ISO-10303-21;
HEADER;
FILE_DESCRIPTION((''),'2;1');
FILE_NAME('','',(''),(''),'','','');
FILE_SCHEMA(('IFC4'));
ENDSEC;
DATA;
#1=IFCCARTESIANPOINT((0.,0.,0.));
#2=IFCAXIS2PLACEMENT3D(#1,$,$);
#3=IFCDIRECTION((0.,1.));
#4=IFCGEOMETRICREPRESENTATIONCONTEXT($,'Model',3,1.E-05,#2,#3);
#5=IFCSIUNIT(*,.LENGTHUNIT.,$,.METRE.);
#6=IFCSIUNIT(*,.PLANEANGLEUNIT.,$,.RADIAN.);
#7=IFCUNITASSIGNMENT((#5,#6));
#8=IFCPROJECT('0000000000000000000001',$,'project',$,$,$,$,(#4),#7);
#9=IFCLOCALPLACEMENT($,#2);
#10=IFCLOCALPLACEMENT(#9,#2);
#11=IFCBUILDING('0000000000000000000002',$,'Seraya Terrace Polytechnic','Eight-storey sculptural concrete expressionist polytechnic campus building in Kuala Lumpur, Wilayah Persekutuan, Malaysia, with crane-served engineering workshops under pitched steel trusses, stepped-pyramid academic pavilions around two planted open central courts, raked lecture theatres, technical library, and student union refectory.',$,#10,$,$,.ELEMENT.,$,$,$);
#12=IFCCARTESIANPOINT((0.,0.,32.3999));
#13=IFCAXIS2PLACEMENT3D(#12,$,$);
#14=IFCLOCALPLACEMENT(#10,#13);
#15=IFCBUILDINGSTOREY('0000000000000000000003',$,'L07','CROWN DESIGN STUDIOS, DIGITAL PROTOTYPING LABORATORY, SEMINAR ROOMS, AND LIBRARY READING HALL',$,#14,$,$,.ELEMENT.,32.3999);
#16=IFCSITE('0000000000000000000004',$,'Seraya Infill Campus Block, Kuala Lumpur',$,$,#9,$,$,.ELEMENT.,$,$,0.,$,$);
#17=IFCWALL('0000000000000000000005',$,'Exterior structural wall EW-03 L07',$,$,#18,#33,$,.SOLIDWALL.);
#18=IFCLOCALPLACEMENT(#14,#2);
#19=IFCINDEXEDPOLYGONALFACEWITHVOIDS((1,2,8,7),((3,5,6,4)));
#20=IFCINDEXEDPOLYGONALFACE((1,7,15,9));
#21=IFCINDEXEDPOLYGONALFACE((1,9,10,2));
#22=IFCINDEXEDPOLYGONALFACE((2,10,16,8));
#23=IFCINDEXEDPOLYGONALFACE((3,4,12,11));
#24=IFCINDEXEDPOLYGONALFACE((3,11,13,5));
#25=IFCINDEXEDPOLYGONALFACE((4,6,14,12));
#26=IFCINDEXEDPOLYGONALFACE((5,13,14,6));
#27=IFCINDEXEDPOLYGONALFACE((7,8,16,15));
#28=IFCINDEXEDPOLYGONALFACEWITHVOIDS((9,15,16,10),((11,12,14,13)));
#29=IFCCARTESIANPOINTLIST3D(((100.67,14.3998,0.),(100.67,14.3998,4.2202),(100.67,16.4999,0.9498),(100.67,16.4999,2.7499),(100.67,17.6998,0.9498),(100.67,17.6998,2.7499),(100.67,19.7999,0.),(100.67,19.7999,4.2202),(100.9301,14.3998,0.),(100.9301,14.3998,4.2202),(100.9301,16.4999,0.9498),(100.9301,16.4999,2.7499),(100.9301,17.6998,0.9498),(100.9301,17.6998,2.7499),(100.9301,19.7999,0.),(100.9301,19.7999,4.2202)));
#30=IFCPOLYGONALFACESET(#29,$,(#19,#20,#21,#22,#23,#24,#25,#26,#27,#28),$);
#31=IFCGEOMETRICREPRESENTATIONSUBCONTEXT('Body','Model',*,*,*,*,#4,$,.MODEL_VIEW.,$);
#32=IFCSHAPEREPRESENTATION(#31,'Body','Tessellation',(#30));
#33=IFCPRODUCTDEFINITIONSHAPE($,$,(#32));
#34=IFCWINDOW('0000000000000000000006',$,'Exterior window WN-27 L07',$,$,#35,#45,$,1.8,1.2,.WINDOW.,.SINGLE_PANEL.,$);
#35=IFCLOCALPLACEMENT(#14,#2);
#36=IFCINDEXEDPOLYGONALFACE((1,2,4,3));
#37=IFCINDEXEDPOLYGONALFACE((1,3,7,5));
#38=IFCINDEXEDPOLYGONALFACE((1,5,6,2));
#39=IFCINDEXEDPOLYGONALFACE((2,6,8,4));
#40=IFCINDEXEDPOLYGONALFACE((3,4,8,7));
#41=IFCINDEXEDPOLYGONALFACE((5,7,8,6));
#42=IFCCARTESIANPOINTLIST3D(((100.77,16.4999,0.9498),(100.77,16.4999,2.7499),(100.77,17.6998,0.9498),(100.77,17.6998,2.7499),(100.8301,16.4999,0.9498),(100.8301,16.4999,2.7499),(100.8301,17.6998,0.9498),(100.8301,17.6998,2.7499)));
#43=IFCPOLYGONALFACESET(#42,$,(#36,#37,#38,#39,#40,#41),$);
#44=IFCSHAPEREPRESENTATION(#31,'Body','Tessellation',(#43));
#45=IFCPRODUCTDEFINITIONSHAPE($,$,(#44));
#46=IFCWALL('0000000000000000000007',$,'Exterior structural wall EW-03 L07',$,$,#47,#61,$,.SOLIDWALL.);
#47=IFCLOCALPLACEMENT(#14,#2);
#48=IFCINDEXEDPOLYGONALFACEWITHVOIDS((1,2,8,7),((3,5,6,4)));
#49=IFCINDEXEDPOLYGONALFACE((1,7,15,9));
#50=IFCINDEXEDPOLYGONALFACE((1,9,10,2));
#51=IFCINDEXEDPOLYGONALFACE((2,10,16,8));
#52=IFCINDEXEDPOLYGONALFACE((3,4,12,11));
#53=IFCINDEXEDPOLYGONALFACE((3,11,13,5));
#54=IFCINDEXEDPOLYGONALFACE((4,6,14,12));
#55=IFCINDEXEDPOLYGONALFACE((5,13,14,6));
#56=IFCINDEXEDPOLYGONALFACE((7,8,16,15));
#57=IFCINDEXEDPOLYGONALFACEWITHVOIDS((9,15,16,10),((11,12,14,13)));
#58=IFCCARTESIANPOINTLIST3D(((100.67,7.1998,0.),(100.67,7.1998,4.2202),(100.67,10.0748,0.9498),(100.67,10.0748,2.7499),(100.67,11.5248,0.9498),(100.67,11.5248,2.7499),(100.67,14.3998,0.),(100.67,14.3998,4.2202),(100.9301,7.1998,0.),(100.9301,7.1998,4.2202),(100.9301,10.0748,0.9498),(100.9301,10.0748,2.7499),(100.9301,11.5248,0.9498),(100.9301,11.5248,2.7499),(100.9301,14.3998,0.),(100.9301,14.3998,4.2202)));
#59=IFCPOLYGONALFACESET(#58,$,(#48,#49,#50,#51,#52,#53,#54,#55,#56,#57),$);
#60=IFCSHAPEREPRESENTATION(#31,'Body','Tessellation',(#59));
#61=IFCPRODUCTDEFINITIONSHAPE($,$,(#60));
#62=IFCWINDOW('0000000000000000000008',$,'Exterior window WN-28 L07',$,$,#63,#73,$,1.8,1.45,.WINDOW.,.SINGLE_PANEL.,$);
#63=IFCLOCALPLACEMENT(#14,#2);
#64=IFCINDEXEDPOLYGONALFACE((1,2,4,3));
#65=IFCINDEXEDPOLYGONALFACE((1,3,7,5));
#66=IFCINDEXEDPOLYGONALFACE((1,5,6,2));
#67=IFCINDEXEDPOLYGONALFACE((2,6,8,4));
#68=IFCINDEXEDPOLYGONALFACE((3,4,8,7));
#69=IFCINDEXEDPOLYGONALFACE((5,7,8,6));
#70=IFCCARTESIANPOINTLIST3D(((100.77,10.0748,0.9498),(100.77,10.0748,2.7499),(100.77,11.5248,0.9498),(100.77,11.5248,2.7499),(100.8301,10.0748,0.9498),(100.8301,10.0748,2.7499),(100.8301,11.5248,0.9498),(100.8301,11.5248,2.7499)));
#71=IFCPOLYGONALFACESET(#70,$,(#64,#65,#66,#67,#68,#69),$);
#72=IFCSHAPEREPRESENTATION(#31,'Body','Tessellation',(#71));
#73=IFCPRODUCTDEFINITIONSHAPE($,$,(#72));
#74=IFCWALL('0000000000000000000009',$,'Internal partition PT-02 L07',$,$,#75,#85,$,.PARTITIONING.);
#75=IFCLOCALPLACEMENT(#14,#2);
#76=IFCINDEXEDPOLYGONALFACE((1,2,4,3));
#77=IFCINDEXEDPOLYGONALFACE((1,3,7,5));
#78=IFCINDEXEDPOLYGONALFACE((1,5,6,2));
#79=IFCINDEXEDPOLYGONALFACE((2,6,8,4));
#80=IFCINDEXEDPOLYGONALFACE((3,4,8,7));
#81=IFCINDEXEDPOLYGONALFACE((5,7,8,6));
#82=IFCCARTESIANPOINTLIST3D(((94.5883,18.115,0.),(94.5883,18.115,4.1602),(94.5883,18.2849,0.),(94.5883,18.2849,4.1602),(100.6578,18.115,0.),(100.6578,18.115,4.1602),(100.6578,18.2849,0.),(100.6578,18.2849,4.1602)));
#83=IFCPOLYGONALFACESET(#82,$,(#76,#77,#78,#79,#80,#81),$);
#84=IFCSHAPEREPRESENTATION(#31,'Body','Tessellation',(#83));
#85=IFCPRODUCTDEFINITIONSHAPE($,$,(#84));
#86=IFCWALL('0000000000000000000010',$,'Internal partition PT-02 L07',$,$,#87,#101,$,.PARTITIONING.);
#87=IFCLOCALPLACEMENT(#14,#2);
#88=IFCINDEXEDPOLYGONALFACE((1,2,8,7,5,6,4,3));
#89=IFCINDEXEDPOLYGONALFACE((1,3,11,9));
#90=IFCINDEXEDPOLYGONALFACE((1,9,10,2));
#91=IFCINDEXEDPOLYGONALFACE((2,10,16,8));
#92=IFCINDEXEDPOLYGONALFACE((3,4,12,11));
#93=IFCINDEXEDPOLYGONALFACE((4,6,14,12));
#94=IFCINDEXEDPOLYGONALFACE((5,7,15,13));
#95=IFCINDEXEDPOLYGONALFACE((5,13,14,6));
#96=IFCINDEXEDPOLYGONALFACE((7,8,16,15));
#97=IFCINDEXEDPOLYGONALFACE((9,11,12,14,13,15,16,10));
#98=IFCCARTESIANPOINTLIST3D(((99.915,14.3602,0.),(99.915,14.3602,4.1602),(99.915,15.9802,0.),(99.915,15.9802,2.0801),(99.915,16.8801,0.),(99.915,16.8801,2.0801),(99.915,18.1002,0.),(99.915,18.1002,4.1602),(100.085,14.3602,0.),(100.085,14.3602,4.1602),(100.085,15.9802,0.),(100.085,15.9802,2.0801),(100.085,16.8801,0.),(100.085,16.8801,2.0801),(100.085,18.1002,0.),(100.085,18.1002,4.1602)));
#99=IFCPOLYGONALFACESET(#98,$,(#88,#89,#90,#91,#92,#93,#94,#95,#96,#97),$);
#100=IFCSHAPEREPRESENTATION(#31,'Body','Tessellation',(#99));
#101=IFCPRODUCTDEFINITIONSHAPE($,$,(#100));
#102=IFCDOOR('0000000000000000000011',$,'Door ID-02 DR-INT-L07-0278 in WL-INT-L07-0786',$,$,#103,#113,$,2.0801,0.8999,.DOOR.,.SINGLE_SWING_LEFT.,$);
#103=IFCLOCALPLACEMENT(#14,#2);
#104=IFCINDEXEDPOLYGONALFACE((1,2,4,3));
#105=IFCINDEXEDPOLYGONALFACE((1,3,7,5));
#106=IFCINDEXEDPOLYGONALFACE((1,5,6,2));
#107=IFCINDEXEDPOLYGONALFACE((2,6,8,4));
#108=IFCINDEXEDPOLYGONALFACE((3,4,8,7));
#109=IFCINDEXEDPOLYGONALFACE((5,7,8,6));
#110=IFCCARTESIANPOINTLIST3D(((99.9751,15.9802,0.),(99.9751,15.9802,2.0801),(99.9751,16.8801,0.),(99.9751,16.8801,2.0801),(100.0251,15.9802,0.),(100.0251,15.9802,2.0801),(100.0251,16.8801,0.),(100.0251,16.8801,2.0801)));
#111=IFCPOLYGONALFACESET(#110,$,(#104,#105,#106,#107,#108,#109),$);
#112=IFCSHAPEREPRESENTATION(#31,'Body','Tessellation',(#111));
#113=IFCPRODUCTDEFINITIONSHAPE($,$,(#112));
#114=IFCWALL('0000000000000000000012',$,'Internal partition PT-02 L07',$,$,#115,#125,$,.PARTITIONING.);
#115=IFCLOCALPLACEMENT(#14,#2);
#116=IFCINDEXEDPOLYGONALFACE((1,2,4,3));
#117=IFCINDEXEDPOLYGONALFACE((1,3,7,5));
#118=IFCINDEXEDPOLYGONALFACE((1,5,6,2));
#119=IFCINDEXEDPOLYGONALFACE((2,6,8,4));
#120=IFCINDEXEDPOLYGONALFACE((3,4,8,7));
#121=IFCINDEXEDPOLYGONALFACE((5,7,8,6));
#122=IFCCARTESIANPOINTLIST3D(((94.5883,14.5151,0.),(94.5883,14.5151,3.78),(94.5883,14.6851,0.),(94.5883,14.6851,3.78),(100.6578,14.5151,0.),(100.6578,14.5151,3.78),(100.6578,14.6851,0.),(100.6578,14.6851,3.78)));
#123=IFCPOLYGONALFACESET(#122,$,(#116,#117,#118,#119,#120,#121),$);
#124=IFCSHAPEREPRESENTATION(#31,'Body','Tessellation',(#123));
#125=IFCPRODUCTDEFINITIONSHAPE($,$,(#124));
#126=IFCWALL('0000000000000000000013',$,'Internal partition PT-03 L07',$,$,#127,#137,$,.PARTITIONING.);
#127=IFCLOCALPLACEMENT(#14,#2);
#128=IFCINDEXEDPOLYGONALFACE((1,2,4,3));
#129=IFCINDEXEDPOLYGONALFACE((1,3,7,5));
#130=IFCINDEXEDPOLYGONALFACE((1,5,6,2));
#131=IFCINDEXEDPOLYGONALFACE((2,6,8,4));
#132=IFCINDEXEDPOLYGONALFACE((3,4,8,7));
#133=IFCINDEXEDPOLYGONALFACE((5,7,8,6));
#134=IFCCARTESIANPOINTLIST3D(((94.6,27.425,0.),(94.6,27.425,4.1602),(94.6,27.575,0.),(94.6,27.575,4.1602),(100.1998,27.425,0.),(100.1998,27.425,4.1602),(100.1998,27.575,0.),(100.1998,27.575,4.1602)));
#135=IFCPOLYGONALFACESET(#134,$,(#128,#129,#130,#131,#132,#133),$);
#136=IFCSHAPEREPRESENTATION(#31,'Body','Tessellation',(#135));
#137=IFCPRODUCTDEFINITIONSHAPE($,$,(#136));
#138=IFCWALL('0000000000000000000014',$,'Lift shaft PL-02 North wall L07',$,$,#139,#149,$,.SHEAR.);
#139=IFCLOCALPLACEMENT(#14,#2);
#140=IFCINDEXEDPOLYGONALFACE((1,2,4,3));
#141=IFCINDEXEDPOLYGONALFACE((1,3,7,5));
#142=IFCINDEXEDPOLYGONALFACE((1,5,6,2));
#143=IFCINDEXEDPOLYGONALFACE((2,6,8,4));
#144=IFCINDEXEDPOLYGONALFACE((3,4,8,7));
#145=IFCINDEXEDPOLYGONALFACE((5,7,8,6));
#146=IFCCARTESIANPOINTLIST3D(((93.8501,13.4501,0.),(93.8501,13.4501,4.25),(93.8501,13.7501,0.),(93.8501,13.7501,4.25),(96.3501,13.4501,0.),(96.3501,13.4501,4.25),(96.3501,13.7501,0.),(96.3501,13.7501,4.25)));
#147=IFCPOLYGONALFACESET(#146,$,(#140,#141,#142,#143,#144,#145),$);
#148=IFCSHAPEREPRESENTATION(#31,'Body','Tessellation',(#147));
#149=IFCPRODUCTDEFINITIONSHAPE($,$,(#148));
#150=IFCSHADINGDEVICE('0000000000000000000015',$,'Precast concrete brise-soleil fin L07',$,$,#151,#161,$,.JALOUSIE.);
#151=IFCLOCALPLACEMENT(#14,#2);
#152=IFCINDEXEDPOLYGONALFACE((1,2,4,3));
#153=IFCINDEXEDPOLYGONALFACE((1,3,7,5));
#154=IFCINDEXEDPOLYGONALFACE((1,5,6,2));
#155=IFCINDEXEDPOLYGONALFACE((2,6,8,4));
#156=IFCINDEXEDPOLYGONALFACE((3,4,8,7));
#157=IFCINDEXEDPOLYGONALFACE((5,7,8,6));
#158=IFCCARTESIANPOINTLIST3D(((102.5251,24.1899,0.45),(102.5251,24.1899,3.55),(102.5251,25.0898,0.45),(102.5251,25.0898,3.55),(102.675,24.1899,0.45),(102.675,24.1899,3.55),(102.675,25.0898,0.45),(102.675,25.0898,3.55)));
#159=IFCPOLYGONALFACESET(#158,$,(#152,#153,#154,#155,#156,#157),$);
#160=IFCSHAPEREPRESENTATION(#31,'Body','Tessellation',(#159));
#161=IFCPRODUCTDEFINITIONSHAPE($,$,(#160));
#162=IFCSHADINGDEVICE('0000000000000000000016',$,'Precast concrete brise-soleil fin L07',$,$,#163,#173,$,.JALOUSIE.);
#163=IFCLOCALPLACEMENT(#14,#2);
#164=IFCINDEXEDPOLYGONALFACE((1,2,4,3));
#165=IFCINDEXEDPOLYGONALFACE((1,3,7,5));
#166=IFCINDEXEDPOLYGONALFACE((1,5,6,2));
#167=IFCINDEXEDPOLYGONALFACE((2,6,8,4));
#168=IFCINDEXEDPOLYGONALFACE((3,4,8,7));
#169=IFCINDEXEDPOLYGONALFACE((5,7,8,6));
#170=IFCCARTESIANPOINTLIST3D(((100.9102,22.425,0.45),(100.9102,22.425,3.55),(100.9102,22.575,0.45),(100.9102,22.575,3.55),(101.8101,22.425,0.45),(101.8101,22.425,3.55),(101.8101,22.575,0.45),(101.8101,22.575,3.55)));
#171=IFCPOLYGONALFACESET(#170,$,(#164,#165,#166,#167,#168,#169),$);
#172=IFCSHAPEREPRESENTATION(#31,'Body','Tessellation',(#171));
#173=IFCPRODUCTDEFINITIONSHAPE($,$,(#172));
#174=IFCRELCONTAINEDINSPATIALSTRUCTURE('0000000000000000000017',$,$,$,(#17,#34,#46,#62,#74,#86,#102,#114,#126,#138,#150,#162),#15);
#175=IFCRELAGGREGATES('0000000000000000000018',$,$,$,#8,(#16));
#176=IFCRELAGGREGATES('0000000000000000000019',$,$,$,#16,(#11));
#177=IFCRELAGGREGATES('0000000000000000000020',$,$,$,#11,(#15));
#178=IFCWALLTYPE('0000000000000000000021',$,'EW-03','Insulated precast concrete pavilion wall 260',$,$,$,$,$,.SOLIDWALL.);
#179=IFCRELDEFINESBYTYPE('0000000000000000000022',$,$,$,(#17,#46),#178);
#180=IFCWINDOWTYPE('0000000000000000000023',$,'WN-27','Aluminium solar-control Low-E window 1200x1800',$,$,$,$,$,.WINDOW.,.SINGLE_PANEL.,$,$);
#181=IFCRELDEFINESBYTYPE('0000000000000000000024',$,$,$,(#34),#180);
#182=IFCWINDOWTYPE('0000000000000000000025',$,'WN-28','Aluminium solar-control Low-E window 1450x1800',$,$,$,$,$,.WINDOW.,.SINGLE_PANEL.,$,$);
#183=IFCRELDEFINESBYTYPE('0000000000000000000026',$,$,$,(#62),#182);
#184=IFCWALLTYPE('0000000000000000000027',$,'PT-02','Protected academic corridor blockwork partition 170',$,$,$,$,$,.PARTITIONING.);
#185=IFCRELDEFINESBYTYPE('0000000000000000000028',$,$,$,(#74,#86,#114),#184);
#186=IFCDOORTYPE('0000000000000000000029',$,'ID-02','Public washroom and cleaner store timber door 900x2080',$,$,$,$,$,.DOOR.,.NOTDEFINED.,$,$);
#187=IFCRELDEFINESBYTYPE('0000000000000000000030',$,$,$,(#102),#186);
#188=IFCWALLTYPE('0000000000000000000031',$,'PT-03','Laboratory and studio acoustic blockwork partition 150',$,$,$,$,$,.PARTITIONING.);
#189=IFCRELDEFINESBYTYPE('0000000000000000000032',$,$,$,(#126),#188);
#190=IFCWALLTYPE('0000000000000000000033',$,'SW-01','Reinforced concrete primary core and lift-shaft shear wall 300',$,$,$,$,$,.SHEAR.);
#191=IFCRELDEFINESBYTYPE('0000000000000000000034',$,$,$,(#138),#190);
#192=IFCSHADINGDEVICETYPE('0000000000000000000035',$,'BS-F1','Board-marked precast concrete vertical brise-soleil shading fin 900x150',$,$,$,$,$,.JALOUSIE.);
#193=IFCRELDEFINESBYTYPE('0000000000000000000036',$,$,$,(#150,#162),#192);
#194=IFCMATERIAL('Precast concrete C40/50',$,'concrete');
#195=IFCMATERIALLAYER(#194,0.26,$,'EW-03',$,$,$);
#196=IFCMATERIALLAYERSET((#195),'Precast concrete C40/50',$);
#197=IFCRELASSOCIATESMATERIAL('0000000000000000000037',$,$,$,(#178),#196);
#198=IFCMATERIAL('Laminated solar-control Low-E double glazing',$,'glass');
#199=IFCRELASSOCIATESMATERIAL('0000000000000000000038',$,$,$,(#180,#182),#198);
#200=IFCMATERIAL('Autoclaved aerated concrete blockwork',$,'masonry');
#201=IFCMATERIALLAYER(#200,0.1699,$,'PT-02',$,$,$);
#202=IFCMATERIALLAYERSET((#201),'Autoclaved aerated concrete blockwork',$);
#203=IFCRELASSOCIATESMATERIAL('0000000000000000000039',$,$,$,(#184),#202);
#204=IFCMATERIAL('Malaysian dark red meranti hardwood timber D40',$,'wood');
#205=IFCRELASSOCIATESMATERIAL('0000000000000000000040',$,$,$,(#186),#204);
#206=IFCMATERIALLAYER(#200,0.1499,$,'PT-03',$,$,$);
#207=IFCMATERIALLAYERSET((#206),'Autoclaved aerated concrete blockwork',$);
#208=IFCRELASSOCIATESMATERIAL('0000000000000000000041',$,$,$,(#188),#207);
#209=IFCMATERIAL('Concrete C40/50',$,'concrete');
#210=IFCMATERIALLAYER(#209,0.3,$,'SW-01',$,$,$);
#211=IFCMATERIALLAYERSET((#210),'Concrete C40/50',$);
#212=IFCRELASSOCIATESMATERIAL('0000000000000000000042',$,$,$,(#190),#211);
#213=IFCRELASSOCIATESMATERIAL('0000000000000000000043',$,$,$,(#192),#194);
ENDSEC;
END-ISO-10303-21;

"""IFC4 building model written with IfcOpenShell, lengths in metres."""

from ifc_helpers import new_model, si_unit, direction, frame, frame_2d, origin, origin_2d, place, context, subcontext, project, spatial, rectangle, extrude, material, layer, layer_set, type_object, element, fill, save


model = new_model("IFC4")

# Units and contexts
model_context = context("Model", 3, precision=1e-05, world=origin(), true_north=direction((0.0, 1.0)))
body_context = subcontext(model_context, "Body", "Model", "MODEL_VIEW")
ifc_project = project(units=[si_unit("LENGTHUNIT", "METRE"), si_unit("PLANEANGLEUNIT", "RADIAN")], contexts=[model_context])

# Site, building, storey
site_placement = place(None, origin())
site = spatial("IfcSite", under=ifc_project, at=site_placement, Name="Seraya Infill Campus Block, Kuala Lumpur", CompositionType="ELEMENT", RefElevation=0.0)
building_placement = place(site_placement, origin())
building = spatial("IfcBuilding", under=site, at=building_placement, Name="Seraya Terrace Polytechnic", Description="Eight-storey sculptural concrete expressionist polytechnic campus building in Kuala Lumpur, Wilayah Persekutuan, Malaysia, with crane-served engineering workshops under pitched steel trusses, stepped-pyramid academic pavilions around two planted open central courts, raked lecture theatres, technical library, and student union refectory.", CompositionType="ELEMENT")
storey_placement = place(building_placement, frame((0.0, 0.0, 32.3999)))
storey = spatial("IfcBuildingStorey", under=building, at=storey_placement, Name="L07", Description="CROWN DESIGN STUDIOS, DIGITAL PROTOTYPING LABORATORY, SEMINAR ROOMS, AND LIBRARY READING HALL", CompositionType="ELEMENT", Elevation=32.3999)

# Shared definitions
ifc_material_1 = material(Name="Concrete C40/50", Category="concrete")

# Shared definitions
ifc_material_2 = material(Name="Precast concrete C40/50", Category="concrete")
ifc_layer_1 = layer(ifc_material_2, 0.26, Name="EW-03")
ifc_layer_set_1 = layer_set([ifc_layer_1], Name="Precast concrete C40/50")
wall_type_1 = type_object("IfcWallType", Name="EW-03", Description="Insulated precast concrete pavilion wall 260", PredefinedType="SOLIDWALL", material=ifc_layer_set_1)

# Walls, openings, windows
ifc_material_3 = material(Name="Laminated solar-control Low-E double glazing", Category="glass")
wall_1_placement = place(storey_placement, frame((100.8, 19.8, 0.0), z_axis=(0.0, 0.0, 1.0), x_axis=(0.0, -1.0, 0.0)))
wall_1 = element("IfcWall", 1, at=wall_1_placement, inside=storey, type_object=wall_type_1, Name="Exterior structural wall EW-03 L07", PredefinedType="SOLIDWALL", context=body_context, shape_type="SweptSolid", body=[
    extrude(rectangle(XDim=5.4001, YDim=0.26, at=frame_2d((2.7002, 0.0))), origin(), (0.0, 0.0, 1.0), 4.2202),
])
opening_1_placement = place(wall_1_placement, frame((2.1001, 0.0, 0.95)))
opening_1 = element("IfcOpeningElement", 2, at=opening_1_placement, cuts=wall_1, PredefinedType="OPENING", context=body_context, shape_type="SweptSolid", body=[
    extrude(rectangle(XDim=1.2, YDim=1.8, at=frame_2d((0.6001, 0.8999))), frame((0.0, 0.1421, 0.0), z_axis=(0.0, -1.0, 0.0), x_axis=(1.0, 0.0, 0.0)), (0.0, 0.0, 1.0), 0.2839),
])
window_type_1 = type_object("IfcWindowType", Name="WN-27", Description="Aluminium solar-control Low-E window 1200x1800", PartitioningType="SINGLE_PANEL", PredefinedType="WINDOW", material=ifc_material_3)
window_1_placement = place(opening_1_placement, origin())
window_1 = element("IfcWindow", 3, at=window_1_placement, inside=storey, type_object=window_type_1, Name="Exterior window WN-27 L07", OverallHeight=1.8, OverallWidth=1.2, PartitioningType="SINGLE_PANEL", PredefinedType="WINDOW", context=body_context, shape_type="SweptSolid", body=[
    extrude(rectangle(XDim=1.2, YDim=1.8, at=frame_2d((0.6001, 0.8999))), frame((0.0, 0.03, 0.0), z_axis=(0.0, -1.0, 0.0), x_axis=(1.0, 0.0, 0.0)), (0.0, 0.0, 1.0), 0.0601),
])
fill(opening_1, window_1)
wall_2_placement = place(storey_placement, frame((100.8, 14.3999, 0.0), z_axis=(0.0, 0.0, 1.0), x_axis=(0.0, -1.0, 0.0)))
wall_2 = element("IfcWall", 4, at=wall_2_placement, inside=storey, type_object=wall_type_1, Name="Exterior structural wall EW-03 L07", PredefinedType="SOLIDWALL", context=body_context, shape_type="SweptSolid", body=[
    extrude(rectangle(XDim=7.2, YDim=0.26, at=frame_2d((3.6001, 0.0))), origin(), (0.0, 0.0, 1.0), 4.2202),
])
opening_2_placement = place(wall_2_placement, frame((2.875, 0.0, 0.95)))
opening_2 = element("IfcOpeningElement", 5, at=opening_2_placement, cuts=wall_2, PredefinedType="OPENING", context=body_context, shape_type="SweptSolid", body=[
    extrude(rectangle(XDim=1.45, YDim=1.8, at=frame_2d((0.7251, 0.8999))), frame((0.0, 0.1421, 0.0), z_axis=(0.0, -1.0, 0.0), x_axis=(1.0, 0.0, 0.0)), (0.0, 0.0, 1.0), 0.2839),
])
window_type_2 = type_object("IfcWindowType", Name="WN-28", Description="Aluminium solar-control Low-E window 1450x1800", PartitioningType="SINGLE_PANEL", PredefinedType="WINDOW", material=ifc_material_3)
window_2_placement = place(opening_2_placement, origin())
window_2 = element("IfcWindow", 6, at=window_2_placement, inside=storey, type_object=window_type_2, Name="Exterior window WN-28 L07", OverallHeight=1.8, OverallWidth=1.45, PartitioningType="SINGLE_PANEL", PredefinedType="WINDOW", context=body_context, shape_type="SweptSolid", body=[
    extrude(rectangle(XDim=1.45, YDim=1.8, at=frame_2d((0.7251, 0.8999))), frame((0.0, 0.03, 0.0), z_axis=(0.0, -1.0, 0.0), x_axis=(1.0, 0.0, 0.0)), (0.0, 0.0, 1.0), 0.0601),
])
fill(opening_2, window_2)

# Wall
ifc_material_4 = material(Name="Autoclaved aerated concrete blockwork", Category="masonry")
ifc_layer_2 = layer(ifc_material_4, 0.1699, Name="PT-02")
ifc_layer_set_2 = layer_set([ifc_layer_2], Name="Autoclaved aerated concrete blockwork")
wall_type_2 = type_object("IfcWallType", Name="PT-02", Description="Protected academic corridor blockwork partition 170", PredefinedType="PARTITIONING", material=ifc_layer_set_2)
wall_3_placement = place(storey_placement, frame((94.5884, 18.2, 0.0), z_axis=(0.0, 0.0, 1.0), x_axis=(1.0, 0.0, 0.0)))
element("IfcWall", 7, at=wall_3_placement, inside=storey, type_object=wall_type_2, Name="Internal partition PT-02 L07", PredefinedType="PARTITIONING", context=body_context, shape_type="SweptSolid", body=[
    extrude(rectangle(XDim=6.0696, YDim=0.1699, at=frame_2d((3.0347, 0.0))), origin(), (0.0, 0.0, 1.0), 4.1602),
])

# Wall, opening, door
wall_4_placement = place(storey_placement, frame((100.0, 14.3601, 0.0), z_axis=(0.0, 0.0, 1.0), x_axis=(0.0, 1.0, 0.0)))
wall_4 = element("IfcWall", 8, at=wall_4_placement, inside=storey, type_object=wall_type_2, Name="Internal partition PT-02 L07", PredefinedType="PARTITIONING", context=body_context, shape_type="SweptSolid", body=[
    extrude(rectangle(XDim=3.74, YDim=0.1699, at=frame_2d((1.8701, 0.0))), origin(), (0.0, 0.0, 1.0), 4.1602),
])
opening_3_placement = place(wall_4_placement, frame((1.6201, 0.0, 0.0)))
opening_3 = element("IfcOpeningElement", 9, at=opening_3_placement, cuts=wall_4, PredefinedType="OPENING", context=body_context, shape_type="SweptSolid", body=[
    extrude(rectangle(XDim=0.8999, YDim=2.0801, at=frame_2d((0.45, 1.04))), frame((0.0, 0.0969, 0.0), z_axis=(0.0, -1.0, 0.0), x_axis=(1.0, 0.0, 0.0)), (0.0, 0.0, 1.0), 0.1938),
])
ifc_material_5 = material(Name="Malaysian dark red meranti hardwood timber D40", Category="wood")
door_type = type_object("IfcDoorType", Name="ID-02", Description="Public washroom and cleaner store timber door 900x2080", OperationType="NOTDEFINED", PredefinedType="DOOR", material=ifc_material_5)
door_placement = place(opening_3_placement, origin())
door = element("IfcDoor", 10, at=door_placement, inside=storey, type_object=door_type, Name="Door ID-02 DR-INT-L07-0278 in WL-INT-L07-0786", OperationType="SINGLE_SWING_LEFT", OverallHeight=2.0801, OverallWidth=0.8999, PredefinedType="DOOR", context=body_context, shape_type="SweptSolid", body=[
    extrude(rectangle(XDim=0.8999, YDim=2.0801, at=frame_2d((0.45, 1.04))), frame((0.0, 0.0249, 0.0), z_axis=(0.0, -1.0, 0.0), x_axis=(1.0, 0.0, 0.0)), (0.0, 0.0, 1.0), 0.05),
])
fill(opening_3, door)

# Walls
wall_5_placement = place(storey_placement, frame((94.5884, 14.6001, 0.0), z_axis=(0.0, 0.0, 1.0), x_axis=(1.0, 0.0, 0.0)))
element("IfcWall", 11, at=wall_5_placement, inside=storey, type_object=wall_type_2, Name="Internal partition PT-02 L07", PredefinedType="PARTITIONING", context=body_context, shape_type="SweptSolid", body=[
    extrude(rectangle(XDim=6.0696, YDim=0.1699, at=frame_2d((3.0347, 0.0))), origin(), (0.0, 0.0, 1.0), 3.78),
])
ifc_layer_3 = layer(ifc_material_4, 0.1499, Name="PT-03")
ifc_layer_set_3 = layer_set([ifc_layer_3], Name="Autoclaved aerated concrete blockwork")
wall_type_3 = type_object("IfcWallType", Name="PT-03", Description="Laboratory and studio acoustic blockwork partition 150", PredefinedType="PARTITIONING", material=ifc_layer_set_3)
wall_6_placement = place(storey_placement, frame((94.6001, 27.5, 0.0), z_axis=(0.0, 0.0, 1.0), x_axis=(1.0, 0.0, 0.0)))
element("IfcWall", 12, at=wall_6_placement, inside=storey, type_object=wall_type_3, Name="Internal partition PT-03 L07", PredefinedType="PARTITIONING", context=body_context, shape_type="SweptSolid", body=[
    extrude(rectangle(XDim=5.5999, YDim=0.1499, at=frame_2d((2.7998, 0.0))), origin(), (0.0, 0.0, 1.0), 4.1602),
])
ifc_layer_4 = layer(ifc_material_1, 0.3, Name="SW-01")
ifc_layer_set_4 = layer_set([ifc_layer_4], Name="Concrete C40/50")
wall_type_4 = type_object("IfcWallType", Name="SW-01", Description="Reinforced concrete primary core and lift-shaft shear wall 300", PredefinedType="SHEAR", material=ifc_layer_set_4)
wall_7_placement = place(storey_placement, frame((93.8501, 13.6001, 0.0), z_axis=(0.0, 0.0, 1.0), x_axis=(1.0, 0.0, 0.0)))
element("IfcWall", 13, at=wall_7_placement, inside=storey, type_object=wall_type_4, Name="Lift shaft PL-02 North wall L07", PredefinedType="SHEAR", context=body_context, shape_type="SweptSolid", body=[
    extrude(rectangle(XDim=2.5, YDim=0.3, at=frame_2d((1.25, 0.0))), origin(), (0.0, 0.0, 1.0), 4.25),
])

# Shading devices
shading_device_type = type_object("IfcShadingDeviceType", Name="BS-F1", Description="Board-marked precast concrete vertical brise-soleil shading fin 900x150", PredefinedType="JALOUSIE", material=ifc_material_2)
for number, where, z_axis, x_axis, name in (
    (14, (102.6001, 24.6399, 0.45), (0.0, 0.0, 1.0), (0.0, -1.0, 0.0), "Precast concrete brise-soleil fin L07"),
    (15, (101.3601, 22.5, 0.45), (0.0, 0.0, 1.0), (1.0, 0.0, 0.0), "Precast concrete brise-soleil fin L07"),
):
    element("IfcShadingDevice", number, at=place(storey_placement, frame(where, z_axis=z_axis, x_axis=x_axis)), inside=storey, type_object=shading_device_type, Name=name, PredefinedType="JALOUSIE", context=body_context, shape_type="SweptSolid", body=[
        extrude(rectangle(XDim=0.8999, YDim=0.1499, at=origin_2d()), origin(), (0.0, 0.0, 1.0), 3.1001),
    ])

save(model, "model.ifc")
